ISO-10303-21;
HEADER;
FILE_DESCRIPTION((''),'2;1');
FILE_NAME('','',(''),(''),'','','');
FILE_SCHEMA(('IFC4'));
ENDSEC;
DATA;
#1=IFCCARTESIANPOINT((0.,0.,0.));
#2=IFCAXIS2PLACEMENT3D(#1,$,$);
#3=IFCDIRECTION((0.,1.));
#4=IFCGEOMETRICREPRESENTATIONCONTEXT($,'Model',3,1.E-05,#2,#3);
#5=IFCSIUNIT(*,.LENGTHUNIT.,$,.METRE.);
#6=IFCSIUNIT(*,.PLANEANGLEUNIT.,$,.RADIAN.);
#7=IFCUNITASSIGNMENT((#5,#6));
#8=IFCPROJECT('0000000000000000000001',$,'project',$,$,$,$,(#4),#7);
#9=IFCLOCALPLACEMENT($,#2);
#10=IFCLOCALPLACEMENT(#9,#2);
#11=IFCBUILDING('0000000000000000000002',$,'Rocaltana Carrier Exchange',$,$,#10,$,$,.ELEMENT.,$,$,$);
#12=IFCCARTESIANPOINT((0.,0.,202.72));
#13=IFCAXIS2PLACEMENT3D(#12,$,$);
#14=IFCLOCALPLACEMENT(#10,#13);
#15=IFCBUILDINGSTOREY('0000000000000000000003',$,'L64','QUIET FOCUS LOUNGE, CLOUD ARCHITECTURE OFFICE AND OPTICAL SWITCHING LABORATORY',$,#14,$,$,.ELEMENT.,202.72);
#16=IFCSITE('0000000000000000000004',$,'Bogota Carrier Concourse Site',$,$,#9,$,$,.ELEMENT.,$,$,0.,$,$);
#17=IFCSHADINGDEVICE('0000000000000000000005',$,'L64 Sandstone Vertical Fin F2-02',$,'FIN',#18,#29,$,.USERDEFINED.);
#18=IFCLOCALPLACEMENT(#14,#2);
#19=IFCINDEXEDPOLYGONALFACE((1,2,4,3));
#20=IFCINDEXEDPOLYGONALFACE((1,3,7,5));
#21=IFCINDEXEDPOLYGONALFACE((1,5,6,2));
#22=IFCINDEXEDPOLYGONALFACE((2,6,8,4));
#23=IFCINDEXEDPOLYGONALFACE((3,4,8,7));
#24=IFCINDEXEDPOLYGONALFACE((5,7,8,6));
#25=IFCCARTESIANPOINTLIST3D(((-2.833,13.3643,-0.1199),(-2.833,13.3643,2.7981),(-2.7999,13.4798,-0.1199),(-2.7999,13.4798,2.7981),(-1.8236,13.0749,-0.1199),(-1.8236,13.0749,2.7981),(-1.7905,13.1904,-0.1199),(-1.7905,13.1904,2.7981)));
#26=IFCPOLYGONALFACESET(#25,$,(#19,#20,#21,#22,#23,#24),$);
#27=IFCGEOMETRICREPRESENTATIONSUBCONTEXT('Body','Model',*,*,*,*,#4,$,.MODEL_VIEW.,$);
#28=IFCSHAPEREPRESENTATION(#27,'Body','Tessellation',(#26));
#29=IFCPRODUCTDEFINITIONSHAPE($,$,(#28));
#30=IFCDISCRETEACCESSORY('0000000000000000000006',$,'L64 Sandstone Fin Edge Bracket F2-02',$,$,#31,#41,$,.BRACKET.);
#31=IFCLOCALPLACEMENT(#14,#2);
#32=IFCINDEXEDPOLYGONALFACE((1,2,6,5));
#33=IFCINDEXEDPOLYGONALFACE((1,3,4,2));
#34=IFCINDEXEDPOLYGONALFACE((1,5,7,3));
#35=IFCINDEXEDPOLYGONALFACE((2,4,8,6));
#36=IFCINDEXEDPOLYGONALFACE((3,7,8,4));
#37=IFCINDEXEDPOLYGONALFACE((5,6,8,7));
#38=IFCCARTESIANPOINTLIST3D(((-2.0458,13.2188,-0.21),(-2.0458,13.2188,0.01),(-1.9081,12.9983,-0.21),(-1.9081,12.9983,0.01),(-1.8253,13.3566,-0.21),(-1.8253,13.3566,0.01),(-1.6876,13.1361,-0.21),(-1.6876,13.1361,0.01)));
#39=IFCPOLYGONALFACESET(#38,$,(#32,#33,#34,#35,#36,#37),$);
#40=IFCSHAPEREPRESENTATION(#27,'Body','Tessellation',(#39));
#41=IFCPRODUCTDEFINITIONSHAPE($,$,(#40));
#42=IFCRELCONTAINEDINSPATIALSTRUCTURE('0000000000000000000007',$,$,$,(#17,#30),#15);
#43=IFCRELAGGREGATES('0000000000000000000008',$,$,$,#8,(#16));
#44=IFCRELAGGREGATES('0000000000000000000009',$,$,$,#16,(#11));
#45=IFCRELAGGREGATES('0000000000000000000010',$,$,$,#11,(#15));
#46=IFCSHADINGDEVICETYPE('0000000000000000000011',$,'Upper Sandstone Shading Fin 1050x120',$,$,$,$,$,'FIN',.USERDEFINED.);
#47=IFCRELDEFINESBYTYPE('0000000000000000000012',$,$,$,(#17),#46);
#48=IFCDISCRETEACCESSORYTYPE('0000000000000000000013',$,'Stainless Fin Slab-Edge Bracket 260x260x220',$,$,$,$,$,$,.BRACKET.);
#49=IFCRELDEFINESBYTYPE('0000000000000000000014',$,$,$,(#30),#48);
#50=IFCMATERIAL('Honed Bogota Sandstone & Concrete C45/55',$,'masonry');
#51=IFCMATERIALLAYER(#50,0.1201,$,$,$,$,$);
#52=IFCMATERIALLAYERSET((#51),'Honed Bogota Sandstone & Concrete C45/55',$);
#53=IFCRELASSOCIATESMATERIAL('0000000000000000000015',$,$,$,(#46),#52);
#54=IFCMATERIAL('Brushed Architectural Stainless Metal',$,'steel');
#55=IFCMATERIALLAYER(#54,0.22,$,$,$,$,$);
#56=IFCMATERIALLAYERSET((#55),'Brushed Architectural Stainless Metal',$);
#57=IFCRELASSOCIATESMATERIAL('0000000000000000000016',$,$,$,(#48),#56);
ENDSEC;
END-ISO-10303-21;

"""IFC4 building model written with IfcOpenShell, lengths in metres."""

from ifc_helpers import new_model, si_unit, direction, frame, origin, origin_2d, place, context, subcontext, project, spatial, rectangle, extrude, material, layer, layer_set, type_object, element, save


model = new_model("IFC4")

# Units and contexts
model_context = context("Model", 3, precision=1e-05, world=origin(), true_north=direction((0.0, 1.0)))
body_context = subcontext(model_context, "Body", "Model", "MODEL_VIEW")
ifc_project = project(units=[si_unit("LENGTHUNIT", "METRE"), si_unit("PLANEANGLEUNIT", "RADIAN")], contexts=[model_context])

# Site, building, storey
site_placement = place(None, origin())
site = spatial("IfcSite", under=ifc_project, at=site_placement, Name="Bogota Carrier Concourse Site", CompositionType="ELEMENT", RefElevation=0.0)
building_placement = place(site_placement, origin())
building = spatial("IfcBuilding", under=site, at=building_placement, Name="Rocaltana Carrier Exchange", CompositionType="ELEMENT")
storey_placement = place(building_placement, frame((0.0, 0.0, 202.72)))
storey = spatial("IfcBuildingStorey", under=building, at=storey_placement, Name="L64", Description="QUIET FOCUS LOUNGE, CLOUD ARCHITECTURE OFFICE AND OPTICAL SWITCHING LABORATORY", CompositionType="ELEMENT", Elevation=202.72)

# Shading device
ifc_material_1 = material(Name="Honed Bogota Sandstone & Concrete C45/55", Category="masonry")
ifc_layer_1 = layer(ifc_material_1, 0.1201)
ifc_layer_set_1 = layer_set([ifc_layer_1], Name="Honed Bogota Sandstone & Concrete C45/55")
shading_device_type = type_object("IfcShadingDeviceType", Name="Upper Sandstone Shading Fin 1050x120", ElementType="FIN", PredefinedType="USERDEFINED", material=ifc_layer_set_1)
shading_device_placement = place(storey_placement, frame((-2.3118, 13.2773, -0.1199), z_axis=(0.0, 0.0, 1.0), x_axis=(-0.961262, 0.275637, 0.0)))
element("IfcShadingDevice", 1, at=shading_device_placement, inside=storey, type_object=shading_device_type, Name="L64 Sandstone Vertical Fin F2-02", ObjectType="FIN", PredefinedType="USERDEFINED", context=body_context, shape_type="SweptSolid", body=[
    extrude(rectangle(XDim=1.05, YDim=0.1201, at=origin_2d()), origin(), (0.0, 0.0, 1.0), 2.918),
])

# Discrete accessory
ifc_material_2 = material(Name="Brushed Architectural Stainless Metal", Category="steel")
ifc_layer_2 = layer(ifc_material_2, 0.22)
ifc_layer_set_2 = layer_set([ifc_layer_2], Name="Brushed Architectural Stainless Metal")
discrete_accessory_type = type_object("IfcDiscreteAccessoryType", Name="Stainless Fin Slab-Edge Bracket 260x260x220", PredefinedType="BRACKET", material=ifc_layer_set_2)
discrete_accessory_placement = place(storey_placement, frame((-1.8667, 13.1775, -0.21), z_axis=(0.0, 0.0, 1.0), x_axis=(-0.848048, -0.529919, 0.0)))
element("IfcDiscreteAccessory", 2, at=discrete_accessory_placement, inside=storey, type_object=discrete_accessory_type, Name="L64 Sandstone Fin Edge Bracket F2-02", PredefinedType="BRACKET", context=body_context, shape_type="SweptSolid", body=[
    extrude(rectangle(XDim=0.26, YDim=0.26, at=origin_2d()), origin(), (0.0, 0.0, 1.0), 0.22),
])

save(model, "model.ifc")
